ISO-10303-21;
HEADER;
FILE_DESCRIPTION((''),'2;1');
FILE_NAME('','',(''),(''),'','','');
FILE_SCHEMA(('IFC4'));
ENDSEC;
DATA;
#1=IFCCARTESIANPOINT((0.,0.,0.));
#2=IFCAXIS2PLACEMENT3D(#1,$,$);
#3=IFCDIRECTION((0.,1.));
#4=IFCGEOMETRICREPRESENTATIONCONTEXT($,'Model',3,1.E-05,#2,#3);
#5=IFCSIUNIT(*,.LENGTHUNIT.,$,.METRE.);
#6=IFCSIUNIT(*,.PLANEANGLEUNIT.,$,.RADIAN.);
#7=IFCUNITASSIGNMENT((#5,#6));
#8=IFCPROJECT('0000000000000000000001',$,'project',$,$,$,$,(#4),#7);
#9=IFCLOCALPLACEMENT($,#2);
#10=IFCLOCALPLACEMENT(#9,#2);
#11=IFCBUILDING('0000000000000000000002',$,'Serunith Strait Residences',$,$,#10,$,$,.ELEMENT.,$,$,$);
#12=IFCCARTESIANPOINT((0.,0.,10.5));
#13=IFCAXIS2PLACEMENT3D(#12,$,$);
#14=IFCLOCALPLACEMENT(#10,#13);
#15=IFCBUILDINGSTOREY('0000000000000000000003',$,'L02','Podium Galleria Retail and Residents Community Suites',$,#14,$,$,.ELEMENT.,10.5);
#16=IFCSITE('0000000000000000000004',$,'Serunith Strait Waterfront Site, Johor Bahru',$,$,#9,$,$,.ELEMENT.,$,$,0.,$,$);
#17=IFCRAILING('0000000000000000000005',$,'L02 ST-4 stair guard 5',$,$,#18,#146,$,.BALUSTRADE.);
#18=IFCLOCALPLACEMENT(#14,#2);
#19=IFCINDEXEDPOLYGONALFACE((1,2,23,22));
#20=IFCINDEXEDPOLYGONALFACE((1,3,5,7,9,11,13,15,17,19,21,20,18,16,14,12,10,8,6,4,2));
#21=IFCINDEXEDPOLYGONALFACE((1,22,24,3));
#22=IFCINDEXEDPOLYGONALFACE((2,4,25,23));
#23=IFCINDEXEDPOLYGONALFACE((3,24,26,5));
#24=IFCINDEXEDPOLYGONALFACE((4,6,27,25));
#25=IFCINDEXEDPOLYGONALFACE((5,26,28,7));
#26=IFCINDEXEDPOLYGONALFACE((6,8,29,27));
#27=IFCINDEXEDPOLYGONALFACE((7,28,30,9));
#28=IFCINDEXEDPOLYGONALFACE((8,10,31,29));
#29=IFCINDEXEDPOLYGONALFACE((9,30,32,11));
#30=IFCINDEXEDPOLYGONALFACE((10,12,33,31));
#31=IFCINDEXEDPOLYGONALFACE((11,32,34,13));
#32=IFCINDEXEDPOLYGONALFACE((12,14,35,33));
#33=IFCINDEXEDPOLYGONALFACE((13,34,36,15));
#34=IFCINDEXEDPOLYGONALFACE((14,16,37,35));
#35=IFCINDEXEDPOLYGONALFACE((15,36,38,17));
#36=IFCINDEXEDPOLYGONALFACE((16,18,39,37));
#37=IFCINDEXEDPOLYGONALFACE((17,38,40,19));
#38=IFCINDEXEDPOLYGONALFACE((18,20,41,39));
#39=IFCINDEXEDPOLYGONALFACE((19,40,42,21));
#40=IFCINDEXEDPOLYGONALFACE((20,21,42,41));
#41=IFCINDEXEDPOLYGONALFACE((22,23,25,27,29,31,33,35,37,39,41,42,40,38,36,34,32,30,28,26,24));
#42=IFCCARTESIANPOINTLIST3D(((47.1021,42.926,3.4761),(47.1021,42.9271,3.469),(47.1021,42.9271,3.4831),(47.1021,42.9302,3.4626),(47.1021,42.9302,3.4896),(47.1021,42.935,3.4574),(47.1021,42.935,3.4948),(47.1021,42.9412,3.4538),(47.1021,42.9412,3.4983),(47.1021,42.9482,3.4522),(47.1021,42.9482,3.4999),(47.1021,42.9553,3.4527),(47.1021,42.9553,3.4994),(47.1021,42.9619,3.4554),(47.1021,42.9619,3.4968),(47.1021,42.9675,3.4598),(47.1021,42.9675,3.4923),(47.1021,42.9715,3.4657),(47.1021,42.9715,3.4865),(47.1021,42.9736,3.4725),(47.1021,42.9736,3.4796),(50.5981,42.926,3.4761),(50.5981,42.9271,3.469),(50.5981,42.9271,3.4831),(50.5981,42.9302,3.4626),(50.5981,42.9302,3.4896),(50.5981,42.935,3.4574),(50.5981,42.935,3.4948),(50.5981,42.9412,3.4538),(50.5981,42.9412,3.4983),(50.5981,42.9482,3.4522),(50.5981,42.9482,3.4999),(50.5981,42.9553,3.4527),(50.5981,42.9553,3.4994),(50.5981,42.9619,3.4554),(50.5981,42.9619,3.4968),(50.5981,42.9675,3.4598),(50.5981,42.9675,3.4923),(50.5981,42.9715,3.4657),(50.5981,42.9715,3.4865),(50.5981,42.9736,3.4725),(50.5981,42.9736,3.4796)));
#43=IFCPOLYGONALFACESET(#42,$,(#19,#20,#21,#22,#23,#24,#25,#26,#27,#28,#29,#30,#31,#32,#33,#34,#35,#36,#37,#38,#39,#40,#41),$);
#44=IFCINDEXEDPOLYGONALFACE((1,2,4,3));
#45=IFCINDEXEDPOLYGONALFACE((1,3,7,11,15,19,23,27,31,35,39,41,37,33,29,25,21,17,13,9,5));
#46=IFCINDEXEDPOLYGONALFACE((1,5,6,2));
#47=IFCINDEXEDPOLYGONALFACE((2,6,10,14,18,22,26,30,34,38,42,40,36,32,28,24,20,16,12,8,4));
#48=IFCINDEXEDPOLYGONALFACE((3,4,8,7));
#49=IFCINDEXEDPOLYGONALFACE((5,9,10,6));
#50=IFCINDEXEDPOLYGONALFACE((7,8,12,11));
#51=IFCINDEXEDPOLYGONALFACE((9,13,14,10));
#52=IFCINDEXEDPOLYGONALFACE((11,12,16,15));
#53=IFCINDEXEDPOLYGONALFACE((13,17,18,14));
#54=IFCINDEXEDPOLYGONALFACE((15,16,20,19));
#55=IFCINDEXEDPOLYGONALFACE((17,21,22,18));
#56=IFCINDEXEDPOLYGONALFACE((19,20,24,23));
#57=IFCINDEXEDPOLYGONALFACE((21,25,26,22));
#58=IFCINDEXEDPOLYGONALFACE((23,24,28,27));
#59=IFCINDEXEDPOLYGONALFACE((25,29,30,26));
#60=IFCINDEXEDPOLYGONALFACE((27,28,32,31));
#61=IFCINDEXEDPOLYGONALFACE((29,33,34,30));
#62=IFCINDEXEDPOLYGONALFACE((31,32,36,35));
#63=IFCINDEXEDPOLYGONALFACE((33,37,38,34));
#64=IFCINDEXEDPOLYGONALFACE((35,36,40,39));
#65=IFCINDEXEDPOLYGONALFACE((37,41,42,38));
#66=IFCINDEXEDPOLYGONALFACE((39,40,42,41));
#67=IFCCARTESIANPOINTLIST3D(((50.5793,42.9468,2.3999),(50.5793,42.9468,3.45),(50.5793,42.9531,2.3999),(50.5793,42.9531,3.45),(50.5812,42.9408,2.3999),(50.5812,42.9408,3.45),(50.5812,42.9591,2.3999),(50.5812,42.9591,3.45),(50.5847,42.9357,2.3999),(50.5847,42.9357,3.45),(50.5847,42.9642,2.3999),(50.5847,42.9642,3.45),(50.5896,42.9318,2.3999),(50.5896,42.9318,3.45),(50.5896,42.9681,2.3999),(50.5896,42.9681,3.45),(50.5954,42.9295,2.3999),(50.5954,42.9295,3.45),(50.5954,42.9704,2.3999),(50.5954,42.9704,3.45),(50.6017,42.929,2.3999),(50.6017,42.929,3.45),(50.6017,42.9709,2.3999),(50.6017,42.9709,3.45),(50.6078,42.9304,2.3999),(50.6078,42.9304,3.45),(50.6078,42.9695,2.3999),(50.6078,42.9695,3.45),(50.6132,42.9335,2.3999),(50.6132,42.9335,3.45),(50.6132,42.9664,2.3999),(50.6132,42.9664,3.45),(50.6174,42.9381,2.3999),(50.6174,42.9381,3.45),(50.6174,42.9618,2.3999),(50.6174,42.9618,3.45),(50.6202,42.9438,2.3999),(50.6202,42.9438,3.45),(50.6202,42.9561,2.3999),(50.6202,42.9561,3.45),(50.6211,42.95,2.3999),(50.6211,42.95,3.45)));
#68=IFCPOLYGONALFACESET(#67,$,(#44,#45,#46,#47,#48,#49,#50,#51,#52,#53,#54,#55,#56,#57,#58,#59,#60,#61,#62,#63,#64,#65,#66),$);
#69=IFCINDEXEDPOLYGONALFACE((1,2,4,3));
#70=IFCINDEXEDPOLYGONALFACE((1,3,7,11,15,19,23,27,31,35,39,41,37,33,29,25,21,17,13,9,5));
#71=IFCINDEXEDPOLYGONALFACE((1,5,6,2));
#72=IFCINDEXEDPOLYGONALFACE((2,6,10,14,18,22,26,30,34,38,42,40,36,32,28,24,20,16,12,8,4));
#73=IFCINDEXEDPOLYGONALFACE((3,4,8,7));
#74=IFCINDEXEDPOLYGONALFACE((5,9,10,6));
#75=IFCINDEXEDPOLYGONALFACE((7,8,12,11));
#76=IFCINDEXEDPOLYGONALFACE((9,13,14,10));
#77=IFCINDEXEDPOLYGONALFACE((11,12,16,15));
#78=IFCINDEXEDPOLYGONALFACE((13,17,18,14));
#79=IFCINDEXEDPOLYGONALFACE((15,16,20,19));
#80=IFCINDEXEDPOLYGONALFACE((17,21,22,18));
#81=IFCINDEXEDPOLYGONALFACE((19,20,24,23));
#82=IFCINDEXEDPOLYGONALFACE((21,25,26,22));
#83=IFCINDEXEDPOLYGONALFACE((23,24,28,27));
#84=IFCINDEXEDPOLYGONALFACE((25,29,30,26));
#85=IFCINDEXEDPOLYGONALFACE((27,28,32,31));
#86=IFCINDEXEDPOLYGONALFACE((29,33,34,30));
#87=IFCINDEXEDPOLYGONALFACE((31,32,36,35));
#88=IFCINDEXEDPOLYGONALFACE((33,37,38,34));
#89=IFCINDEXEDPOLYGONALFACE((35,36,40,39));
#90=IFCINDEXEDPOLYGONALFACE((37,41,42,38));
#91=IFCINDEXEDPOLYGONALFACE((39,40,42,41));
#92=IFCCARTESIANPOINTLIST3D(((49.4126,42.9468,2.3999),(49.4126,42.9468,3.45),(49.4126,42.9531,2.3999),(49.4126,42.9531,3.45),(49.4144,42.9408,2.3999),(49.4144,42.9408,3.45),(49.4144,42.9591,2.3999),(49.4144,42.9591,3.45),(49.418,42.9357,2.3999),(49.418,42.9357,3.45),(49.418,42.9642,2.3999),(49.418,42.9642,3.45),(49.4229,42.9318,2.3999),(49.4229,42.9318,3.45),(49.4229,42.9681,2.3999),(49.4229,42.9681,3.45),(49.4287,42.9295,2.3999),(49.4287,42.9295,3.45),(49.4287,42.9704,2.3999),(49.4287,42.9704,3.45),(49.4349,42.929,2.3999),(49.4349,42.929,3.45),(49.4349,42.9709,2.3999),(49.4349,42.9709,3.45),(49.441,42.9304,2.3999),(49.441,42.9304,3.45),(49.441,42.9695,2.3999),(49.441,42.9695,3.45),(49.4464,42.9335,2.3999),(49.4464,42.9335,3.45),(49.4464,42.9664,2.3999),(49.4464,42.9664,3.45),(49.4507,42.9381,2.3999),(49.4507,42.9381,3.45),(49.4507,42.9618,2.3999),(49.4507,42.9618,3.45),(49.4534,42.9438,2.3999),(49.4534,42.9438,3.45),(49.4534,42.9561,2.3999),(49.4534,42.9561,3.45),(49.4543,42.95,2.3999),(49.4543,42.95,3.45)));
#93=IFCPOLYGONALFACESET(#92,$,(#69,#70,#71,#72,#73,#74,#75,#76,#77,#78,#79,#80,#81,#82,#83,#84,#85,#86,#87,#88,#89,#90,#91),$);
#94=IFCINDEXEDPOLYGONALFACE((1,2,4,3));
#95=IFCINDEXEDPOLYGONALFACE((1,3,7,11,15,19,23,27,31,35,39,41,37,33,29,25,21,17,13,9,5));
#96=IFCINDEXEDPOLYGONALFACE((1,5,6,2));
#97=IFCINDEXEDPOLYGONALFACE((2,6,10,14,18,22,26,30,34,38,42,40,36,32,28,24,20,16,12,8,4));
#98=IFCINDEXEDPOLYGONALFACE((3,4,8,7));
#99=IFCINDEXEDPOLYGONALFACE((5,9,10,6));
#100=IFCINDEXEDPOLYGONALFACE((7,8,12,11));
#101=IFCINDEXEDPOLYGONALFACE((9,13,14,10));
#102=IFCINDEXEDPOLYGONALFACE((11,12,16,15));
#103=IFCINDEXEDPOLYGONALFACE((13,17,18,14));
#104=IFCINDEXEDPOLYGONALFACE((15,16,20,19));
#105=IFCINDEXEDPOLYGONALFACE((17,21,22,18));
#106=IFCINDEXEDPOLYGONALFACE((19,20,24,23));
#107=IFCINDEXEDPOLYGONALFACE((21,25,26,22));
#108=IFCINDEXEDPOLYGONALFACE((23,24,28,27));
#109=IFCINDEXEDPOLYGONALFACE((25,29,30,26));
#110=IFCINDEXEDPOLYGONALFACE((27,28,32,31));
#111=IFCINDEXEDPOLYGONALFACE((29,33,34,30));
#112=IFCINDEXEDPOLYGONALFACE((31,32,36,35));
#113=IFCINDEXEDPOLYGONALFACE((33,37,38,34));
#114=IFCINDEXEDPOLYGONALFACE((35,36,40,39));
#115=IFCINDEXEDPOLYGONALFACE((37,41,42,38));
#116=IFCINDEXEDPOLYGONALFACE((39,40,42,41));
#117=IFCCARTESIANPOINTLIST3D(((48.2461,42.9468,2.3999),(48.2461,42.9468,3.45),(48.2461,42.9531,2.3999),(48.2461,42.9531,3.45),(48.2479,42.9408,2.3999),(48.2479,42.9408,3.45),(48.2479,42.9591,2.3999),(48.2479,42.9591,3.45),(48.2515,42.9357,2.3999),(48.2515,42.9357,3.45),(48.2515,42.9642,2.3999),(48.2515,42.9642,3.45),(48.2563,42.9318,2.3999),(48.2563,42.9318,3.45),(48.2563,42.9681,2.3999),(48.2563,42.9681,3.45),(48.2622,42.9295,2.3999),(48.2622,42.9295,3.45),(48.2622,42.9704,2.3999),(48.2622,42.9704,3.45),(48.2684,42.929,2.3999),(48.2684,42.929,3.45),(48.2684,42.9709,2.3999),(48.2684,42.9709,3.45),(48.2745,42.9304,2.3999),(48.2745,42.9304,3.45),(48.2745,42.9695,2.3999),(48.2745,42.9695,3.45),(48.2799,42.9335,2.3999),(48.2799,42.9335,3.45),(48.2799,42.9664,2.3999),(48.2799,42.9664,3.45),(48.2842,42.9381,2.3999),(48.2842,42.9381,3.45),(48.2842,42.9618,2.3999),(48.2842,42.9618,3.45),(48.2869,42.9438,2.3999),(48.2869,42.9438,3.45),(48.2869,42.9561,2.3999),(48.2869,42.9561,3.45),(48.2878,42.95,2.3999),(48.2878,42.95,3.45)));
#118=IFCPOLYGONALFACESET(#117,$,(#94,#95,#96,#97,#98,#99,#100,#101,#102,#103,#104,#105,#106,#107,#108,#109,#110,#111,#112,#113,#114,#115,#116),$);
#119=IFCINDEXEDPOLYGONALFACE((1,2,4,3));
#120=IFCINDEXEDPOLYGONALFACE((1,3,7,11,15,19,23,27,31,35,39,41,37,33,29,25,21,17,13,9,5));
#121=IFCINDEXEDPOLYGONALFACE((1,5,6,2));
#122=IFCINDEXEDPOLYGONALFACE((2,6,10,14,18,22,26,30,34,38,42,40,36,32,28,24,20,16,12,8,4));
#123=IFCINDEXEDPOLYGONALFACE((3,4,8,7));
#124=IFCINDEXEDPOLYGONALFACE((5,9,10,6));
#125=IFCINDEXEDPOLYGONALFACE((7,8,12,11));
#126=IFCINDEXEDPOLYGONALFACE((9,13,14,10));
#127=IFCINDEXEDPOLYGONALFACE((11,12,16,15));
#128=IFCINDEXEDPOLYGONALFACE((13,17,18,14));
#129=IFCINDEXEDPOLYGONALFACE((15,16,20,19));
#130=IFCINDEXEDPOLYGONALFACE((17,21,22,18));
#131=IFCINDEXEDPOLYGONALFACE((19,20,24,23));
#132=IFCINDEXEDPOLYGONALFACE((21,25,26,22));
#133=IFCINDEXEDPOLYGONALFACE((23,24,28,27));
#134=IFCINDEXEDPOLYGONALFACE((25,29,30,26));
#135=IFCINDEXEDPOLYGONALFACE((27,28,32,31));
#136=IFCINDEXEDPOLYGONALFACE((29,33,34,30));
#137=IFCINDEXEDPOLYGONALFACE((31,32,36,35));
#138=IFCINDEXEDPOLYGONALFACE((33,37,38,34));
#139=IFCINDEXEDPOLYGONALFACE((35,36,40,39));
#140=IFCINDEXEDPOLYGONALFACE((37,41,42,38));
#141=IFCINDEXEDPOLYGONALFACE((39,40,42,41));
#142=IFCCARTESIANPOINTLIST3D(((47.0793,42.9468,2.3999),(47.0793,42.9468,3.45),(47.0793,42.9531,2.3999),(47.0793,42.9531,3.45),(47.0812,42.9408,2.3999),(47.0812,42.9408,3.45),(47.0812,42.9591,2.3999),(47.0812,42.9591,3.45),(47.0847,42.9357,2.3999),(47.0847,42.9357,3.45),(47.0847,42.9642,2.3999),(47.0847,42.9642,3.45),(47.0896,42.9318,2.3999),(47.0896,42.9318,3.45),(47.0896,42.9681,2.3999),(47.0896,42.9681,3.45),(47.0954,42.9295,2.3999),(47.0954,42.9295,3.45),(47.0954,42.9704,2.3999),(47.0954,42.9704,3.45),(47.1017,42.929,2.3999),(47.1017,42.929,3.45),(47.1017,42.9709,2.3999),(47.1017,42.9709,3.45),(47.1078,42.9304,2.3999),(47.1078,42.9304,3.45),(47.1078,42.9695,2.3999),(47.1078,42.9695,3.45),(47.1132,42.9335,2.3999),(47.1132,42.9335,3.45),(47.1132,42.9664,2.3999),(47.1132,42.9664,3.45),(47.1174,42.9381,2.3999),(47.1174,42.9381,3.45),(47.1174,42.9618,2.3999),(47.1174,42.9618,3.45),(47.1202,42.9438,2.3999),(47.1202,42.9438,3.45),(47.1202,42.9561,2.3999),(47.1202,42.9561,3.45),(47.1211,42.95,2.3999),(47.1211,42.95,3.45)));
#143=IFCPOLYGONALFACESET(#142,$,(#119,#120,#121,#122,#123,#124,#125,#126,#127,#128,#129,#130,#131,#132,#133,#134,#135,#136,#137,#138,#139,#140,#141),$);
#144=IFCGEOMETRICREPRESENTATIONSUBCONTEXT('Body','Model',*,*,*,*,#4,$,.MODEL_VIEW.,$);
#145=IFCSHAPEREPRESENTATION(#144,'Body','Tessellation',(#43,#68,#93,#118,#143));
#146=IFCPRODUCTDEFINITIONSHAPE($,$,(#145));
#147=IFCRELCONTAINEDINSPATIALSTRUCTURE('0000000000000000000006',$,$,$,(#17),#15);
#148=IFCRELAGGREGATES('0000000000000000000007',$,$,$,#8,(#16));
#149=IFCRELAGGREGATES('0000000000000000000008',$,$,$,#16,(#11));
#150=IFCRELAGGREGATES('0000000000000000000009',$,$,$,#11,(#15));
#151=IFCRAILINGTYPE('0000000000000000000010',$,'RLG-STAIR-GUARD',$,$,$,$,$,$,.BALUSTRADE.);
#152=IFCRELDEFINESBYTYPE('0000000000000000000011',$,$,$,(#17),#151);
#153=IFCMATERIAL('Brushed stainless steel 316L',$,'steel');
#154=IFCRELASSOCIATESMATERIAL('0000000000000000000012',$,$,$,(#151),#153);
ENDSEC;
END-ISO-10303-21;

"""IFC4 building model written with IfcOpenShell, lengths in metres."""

from ifc_helpers import new_model, si_unit, direction, frame, origin, origin_2d, place, context, subcontext, project, spatial, circle, extrude, material, type_object, element, save


model = new_model("IFC4")

# Units and contexts
model_context = context("Model", 3, precision=1e-05, world=origin(), true_north=direction((0.0, 1.0)))
body_context = subcontext(model_context, "Body", "Model", "MODEL_VIEW")
ifc_project = project(units=[si_unit("LENGTHUNIT", "METRE"), si_unit("PLANEANGLEUNIT", "RADIAN")], contexts=[model_context])

# Site, building, storey
site_placement = place(None, origin())
site = spatial("IfcSite", under=ifc_project, at=site_placement, Name="Serunith Strait Waterfront Site, Johor Bahru", CompositionType="ELEMENT", RefElevation=0.0)
building_placement = place(site_placement, origin())
building = spatial("IfcBuilding", under=site, at=building_placement, Name="Serunith Strait Residences", CompositionType="ELEMENT")
storey_placement = place(building_placement, frame((0.0, 0.0, 10.5)))
storey = spatial("IfcBuildingStorey", under=building, at=storey_placement, Name="L02", Description="Podium Galleria Retail and Residents Community Suites", CompositionType="ELEMENT", Elevation=10.5)

# Railing
ifc_material_1 = material(Name="Brushed stainless steel 316L", Category="steel")
railing_type_1 = type_object("IfcRailingType", Name="RLG-STAIR-GUARD", PredefinedType="BALUSTRADE", material=ifc_material_1)
railing_1_placement = place(storey_placement, frame((50.6001, 42.95, 2.3999)))
element("IfcRailing", 1, at=railing_1_placement, inside=storey, type_object=railing_type_1, Name="L02 ST-4 stair guard 5", PredefinedType="BALUSTRADE", context=body_context, shape_type="SweptSolid", body=[
    extrude(circle(Radius=0.0239, at=origin_2d()), frame((-0.002, 0.0, 1.0762), z_axis=(-1.0, 0.0, 0.0), x_axis=(0.0, -1.0, 0.0)), (0.0, 0.0, 1.0), 3.4961),
    extrude(circle(Radius=0.021, at=origin_2d()), origin(), (0.0, 0.0, 1.0), 1.05),
    extrude(circle(Radius=0.021, at=origin_2d()), frame((-1.1667, 0.0, 0.0)), (0.0, 0.0, 1.0), 1.05),
    extrude(circle(Radius=0.021, at=origin_2d()), frame((-2.3333, 0.0, 0.0)), (0.0, 0.0, 1.0), 1.05),
    extrude(circle(Radius=0.021, at=origin_2d()), frame((-3.5, 0.0, 0.0)), (0.0, 0.0, 1.0), 1.05),
])

save(model, "model.ifc")
